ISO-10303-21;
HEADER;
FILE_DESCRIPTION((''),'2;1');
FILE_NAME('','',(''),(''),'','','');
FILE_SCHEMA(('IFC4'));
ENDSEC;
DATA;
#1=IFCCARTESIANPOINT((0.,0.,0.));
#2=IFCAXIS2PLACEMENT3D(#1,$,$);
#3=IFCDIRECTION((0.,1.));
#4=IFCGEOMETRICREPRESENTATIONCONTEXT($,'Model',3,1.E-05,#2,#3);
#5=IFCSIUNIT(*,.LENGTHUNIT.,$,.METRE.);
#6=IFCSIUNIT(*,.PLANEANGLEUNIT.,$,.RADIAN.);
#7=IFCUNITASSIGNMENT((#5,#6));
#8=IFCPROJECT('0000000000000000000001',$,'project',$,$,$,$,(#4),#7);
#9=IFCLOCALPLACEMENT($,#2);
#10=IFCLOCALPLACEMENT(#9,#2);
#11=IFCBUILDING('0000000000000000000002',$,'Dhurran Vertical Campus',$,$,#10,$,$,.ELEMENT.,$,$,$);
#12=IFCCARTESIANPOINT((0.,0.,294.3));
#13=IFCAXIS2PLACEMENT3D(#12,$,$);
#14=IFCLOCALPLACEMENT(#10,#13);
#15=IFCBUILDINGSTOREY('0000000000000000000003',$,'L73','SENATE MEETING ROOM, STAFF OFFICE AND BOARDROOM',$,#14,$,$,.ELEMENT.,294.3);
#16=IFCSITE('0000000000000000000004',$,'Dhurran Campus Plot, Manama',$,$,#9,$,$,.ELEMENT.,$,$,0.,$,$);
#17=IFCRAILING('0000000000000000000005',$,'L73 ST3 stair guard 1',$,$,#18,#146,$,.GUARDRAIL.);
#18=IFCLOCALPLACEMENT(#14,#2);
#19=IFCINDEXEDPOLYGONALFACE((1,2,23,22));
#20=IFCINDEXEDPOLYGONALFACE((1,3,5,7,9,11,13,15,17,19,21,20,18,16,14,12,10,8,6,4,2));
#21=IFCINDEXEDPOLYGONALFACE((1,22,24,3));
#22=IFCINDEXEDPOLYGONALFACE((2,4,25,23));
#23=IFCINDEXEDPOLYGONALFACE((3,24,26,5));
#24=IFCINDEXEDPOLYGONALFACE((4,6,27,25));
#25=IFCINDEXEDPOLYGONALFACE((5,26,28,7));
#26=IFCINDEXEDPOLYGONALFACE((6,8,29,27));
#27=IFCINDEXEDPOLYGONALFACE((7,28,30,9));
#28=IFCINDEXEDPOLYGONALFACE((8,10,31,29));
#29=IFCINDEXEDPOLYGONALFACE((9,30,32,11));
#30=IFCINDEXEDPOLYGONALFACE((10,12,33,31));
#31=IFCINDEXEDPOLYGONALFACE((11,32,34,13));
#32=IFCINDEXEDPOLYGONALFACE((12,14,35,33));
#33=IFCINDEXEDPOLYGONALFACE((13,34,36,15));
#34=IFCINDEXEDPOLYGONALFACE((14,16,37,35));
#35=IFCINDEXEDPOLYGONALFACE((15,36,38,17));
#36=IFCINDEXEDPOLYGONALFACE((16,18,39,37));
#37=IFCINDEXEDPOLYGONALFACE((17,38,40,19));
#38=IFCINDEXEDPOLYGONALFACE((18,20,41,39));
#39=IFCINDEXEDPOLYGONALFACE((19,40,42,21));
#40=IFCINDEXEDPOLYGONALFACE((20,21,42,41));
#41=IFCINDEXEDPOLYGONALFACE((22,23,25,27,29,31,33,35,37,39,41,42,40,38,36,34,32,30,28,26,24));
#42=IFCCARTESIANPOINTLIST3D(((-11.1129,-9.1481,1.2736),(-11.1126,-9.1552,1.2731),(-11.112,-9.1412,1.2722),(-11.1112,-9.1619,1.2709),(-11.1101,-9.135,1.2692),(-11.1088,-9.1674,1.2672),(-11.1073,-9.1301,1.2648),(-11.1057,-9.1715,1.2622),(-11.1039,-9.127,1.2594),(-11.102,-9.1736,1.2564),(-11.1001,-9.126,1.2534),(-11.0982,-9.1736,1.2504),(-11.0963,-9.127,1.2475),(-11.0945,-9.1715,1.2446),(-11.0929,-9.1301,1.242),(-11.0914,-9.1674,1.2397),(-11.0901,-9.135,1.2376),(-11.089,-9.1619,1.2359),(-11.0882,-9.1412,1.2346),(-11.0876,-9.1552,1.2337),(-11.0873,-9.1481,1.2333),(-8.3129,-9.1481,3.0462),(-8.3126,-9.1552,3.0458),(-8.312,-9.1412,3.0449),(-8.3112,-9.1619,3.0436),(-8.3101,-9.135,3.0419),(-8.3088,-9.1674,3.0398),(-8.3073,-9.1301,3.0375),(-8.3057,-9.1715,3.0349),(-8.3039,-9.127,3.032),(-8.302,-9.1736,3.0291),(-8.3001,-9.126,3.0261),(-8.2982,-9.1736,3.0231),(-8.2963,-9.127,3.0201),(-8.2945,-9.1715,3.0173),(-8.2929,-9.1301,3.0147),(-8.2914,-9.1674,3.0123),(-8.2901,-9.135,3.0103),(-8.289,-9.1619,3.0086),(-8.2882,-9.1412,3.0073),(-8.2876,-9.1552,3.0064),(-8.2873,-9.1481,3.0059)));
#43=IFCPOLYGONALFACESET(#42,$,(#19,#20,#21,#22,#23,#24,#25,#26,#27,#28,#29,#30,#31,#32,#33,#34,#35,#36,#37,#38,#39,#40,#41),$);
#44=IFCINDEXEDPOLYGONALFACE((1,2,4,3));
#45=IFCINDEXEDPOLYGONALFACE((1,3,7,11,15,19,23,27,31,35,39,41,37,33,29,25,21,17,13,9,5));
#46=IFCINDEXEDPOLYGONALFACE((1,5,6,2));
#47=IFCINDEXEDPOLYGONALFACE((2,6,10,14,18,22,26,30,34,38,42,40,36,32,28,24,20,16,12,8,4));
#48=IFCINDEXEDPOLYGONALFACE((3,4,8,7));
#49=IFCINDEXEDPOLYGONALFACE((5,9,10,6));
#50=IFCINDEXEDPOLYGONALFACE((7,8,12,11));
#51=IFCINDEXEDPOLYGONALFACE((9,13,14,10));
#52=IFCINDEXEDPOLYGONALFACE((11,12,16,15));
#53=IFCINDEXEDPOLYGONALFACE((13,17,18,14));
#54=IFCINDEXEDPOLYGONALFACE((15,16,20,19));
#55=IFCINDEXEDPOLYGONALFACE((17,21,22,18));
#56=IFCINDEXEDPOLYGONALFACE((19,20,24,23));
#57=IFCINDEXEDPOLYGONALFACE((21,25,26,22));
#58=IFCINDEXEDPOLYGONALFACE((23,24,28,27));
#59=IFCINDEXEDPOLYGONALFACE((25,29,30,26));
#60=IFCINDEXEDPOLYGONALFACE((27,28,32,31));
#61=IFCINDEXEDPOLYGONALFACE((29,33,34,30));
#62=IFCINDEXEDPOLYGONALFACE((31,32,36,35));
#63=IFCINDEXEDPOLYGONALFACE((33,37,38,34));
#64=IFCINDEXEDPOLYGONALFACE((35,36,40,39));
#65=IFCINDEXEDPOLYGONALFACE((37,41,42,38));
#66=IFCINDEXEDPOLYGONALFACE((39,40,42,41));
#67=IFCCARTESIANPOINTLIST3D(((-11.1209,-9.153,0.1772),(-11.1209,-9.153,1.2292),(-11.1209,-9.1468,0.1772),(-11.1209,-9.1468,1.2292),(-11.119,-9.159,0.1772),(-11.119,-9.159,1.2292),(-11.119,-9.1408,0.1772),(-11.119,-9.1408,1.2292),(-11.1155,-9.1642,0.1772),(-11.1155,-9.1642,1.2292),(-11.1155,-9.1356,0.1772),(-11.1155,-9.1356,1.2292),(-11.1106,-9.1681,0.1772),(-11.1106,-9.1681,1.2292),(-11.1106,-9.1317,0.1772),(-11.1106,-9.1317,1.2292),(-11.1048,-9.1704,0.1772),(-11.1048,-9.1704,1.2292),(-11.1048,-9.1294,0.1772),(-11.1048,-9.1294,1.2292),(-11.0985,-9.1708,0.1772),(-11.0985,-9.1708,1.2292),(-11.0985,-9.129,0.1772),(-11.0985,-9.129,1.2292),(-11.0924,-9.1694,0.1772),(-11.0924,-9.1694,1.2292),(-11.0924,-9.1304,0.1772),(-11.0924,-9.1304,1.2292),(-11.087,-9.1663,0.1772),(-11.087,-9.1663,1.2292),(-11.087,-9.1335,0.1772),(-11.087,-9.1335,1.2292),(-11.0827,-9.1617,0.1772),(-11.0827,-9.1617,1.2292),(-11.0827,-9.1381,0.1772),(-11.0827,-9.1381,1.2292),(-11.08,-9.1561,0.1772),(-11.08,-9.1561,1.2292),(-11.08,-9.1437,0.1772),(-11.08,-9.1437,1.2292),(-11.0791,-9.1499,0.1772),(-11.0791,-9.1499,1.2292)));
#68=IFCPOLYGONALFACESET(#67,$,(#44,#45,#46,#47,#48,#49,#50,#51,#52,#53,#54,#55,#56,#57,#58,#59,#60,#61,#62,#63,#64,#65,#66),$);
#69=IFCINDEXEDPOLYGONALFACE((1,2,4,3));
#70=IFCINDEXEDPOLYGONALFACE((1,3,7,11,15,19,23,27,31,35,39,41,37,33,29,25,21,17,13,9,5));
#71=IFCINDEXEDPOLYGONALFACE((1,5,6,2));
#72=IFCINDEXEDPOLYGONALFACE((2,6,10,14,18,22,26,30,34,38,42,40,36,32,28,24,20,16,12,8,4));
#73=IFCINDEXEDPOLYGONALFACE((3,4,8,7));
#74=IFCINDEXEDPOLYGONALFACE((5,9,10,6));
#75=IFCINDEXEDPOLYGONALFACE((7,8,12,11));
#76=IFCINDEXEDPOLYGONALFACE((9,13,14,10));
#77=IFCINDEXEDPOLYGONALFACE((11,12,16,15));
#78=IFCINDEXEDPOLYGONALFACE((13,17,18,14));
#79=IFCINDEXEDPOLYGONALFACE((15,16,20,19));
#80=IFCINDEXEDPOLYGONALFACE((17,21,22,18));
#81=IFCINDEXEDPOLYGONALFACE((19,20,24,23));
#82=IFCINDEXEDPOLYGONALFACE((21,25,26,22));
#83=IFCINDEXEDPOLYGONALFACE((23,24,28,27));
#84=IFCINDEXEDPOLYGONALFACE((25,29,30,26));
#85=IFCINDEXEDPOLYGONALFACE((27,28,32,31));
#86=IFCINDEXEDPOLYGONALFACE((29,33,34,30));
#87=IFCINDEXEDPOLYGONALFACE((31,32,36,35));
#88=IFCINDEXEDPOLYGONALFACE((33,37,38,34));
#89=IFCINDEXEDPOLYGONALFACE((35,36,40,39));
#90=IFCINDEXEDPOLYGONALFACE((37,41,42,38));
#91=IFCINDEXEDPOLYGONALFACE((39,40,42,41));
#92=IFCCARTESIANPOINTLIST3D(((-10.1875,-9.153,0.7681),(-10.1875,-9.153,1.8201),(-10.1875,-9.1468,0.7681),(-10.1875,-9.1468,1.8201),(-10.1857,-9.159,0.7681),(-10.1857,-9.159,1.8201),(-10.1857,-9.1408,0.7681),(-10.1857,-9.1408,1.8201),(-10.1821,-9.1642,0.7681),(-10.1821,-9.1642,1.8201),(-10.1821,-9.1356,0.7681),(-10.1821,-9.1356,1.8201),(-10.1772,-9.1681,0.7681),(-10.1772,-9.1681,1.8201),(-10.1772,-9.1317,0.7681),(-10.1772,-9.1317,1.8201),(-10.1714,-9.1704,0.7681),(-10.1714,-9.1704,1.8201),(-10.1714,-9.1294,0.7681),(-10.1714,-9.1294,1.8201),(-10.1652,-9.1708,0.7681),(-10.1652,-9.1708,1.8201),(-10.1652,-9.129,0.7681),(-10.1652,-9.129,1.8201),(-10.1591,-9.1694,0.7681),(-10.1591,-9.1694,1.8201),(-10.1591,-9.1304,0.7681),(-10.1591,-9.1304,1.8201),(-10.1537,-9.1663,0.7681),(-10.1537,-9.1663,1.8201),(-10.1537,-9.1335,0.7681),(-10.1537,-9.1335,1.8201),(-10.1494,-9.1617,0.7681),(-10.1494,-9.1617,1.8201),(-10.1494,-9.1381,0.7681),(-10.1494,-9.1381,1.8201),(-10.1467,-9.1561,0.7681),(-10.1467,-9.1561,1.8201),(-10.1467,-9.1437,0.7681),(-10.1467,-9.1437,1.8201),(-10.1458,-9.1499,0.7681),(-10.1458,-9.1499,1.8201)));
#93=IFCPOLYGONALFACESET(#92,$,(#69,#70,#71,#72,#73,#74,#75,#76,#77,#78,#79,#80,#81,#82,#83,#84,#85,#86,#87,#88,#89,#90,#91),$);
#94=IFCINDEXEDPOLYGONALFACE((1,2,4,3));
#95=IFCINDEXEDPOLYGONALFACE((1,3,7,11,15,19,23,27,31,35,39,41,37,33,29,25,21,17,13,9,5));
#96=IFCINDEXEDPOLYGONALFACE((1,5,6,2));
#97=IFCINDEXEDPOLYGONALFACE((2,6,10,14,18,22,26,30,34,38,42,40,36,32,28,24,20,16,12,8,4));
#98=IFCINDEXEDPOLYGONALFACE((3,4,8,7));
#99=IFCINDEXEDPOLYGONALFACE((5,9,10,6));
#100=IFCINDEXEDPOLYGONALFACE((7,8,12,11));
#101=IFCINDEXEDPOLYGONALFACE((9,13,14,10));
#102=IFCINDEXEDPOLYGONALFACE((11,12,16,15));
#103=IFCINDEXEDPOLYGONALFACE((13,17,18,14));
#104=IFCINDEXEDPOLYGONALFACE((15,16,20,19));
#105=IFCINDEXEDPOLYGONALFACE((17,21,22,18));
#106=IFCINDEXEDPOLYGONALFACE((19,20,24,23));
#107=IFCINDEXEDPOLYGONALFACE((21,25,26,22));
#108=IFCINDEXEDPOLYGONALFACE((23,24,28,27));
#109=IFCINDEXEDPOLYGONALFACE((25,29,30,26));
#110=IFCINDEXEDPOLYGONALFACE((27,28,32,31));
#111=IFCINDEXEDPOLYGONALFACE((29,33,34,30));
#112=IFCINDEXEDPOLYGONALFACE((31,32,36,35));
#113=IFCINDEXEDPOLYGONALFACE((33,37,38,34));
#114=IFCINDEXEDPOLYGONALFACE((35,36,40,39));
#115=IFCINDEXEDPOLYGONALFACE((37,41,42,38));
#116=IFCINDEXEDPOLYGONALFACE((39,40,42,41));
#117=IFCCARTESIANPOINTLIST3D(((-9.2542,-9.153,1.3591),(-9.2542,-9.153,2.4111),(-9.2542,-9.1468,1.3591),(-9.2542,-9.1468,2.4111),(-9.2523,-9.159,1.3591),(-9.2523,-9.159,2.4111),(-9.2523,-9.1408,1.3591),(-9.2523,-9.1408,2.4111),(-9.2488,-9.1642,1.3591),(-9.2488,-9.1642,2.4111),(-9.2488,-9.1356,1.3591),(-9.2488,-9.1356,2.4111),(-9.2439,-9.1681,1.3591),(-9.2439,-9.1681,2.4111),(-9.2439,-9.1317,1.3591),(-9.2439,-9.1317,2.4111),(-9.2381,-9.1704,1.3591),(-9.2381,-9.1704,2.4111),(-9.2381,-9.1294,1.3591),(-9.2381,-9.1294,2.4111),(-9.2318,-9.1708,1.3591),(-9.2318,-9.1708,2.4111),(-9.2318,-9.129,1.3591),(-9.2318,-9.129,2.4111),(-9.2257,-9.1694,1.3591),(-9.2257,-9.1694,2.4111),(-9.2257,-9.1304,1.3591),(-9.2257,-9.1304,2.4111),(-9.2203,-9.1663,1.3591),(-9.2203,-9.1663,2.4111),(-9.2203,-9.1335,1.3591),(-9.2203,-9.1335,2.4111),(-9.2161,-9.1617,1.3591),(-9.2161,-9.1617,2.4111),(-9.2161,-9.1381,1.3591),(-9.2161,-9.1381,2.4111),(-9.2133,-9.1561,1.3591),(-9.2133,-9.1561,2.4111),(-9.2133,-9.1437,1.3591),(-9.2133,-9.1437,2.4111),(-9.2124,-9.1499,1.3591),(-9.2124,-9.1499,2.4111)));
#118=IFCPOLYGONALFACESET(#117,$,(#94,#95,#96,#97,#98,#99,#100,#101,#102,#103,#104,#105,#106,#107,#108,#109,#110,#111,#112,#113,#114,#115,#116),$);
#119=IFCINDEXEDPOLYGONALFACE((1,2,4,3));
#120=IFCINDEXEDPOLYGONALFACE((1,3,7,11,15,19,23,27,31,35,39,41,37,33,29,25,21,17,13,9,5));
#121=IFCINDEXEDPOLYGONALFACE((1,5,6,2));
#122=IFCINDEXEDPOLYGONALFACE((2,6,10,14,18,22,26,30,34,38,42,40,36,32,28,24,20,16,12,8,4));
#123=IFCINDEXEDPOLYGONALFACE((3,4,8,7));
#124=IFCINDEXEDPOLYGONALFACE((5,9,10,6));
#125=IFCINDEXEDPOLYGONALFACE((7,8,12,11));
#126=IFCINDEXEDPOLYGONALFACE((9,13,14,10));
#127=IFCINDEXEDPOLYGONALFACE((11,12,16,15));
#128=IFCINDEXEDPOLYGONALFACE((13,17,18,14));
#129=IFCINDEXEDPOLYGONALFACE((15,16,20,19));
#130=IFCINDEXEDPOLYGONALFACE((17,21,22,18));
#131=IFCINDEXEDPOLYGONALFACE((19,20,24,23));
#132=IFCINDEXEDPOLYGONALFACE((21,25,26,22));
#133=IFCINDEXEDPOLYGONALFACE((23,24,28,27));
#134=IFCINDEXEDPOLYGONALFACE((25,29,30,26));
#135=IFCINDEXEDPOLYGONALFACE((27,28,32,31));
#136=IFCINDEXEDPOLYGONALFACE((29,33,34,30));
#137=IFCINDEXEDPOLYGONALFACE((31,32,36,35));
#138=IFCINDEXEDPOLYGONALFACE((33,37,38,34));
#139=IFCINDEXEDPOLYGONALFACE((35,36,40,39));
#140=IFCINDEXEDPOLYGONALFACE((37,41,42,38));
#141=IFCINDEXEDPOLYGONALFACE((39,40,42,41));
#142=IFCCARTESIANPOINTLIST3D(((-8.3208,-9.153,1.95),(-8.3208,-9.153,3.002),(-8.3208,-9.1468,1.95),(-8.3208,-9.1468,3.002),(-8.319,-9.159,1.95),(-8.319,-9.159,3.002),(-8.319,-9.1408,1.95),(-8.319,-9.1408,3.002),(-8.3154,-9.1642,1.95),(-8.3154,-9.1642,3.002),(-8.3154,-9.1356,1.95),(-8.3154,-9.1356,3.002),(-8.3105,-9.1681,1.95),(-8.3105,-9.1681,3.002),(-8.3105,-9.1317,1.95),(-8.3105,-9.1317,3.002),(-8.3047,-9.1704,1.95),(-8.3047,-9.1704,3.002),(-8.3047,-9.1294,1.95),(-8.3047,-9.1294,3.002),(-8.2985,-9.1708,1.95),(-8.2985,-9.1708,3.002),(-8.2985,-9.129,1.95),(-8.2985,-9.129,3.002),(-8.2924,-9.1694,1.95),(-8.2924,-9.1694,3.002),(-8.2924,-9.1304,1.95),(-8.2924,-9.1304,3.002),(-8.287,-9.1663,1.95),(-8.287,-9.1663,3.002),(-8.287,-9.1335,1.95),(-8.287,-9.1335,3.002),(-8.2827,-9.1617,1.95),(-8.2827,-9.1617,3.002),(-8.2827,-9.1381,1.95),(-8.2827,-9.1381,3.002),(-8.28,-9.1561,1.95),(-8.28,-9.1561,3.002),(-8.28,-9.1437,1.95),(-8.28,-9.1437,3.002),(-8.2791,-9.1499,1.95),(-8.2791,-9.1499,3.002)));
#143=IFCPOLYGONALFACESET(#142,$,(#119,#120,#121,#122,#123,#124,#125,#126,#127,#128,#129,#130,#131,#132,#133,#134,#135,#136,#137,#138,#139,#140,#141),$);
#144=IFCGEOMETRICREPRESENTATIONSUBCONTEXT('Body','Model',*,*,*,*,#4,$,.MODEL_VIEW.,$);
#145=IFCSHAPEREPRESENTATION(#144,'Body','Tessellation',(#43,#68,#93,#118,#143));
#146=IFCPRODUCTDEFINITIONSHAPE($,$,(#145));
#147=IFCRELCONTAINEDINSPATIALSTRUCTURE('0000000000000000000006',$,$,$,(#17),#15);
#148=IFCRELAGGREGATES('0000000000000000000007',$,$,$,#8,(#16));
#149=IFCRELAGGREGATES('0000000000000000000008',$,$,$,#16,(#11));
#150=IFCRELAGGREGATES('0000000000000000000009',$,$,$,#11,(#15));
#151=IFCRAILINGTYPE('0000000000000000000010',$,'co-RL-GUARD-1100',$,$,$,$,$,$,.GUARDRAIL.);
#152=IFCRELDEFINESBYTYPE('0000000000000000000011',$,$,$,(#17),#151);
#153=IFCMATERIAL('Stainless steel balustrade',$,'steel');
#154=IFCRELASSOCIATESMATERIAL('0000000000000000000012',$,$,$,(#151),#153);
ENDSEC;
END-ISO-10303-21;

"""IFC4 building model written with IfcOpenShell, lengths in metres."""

from ifc_helpers import new_model, si_unit, direction, frame, origin, origin_2d, place, context, subcontext, project, spatial, circle, extrude, material, type_object, element, save


model = new_model("IFC4")

# Units and contexts
model_context = context("Model", 3, precision=1e-05, world=origin(), true_north=direction((0.0, 1.0)))
body_context = subcontext(model_context, "Body", "Model", "MODEL_VIEW")
ifc_project = project(units=[si_unit("LENGTHUNIT", "METRE"), si_unit("PLANEANGLEUNIT", "RADIAN")], contexts=[model_context])

# Site, building, storey
site_placement = place(None, origin())
site = spatial("IfcSite", under=ifc_project, at=site_placement, Name="Dhurran Campus Plot, Manama", CompositionType="ELEMENT", RefElevation=0.0)
building_placement = place(site_placement, origin())
building = spatial("IfcBuilding", under=site, at=building_placement, Name="Dhurran Vertical Campus", CompositionType="ELEMENT")
storey_placement = place(building_placement, frame((0.0, 0.0, 294.3)))
storey = spatial("IfcBuildingStorey", under=building, at=storey_placement, Name="L73", Description="SENATE MEETING ROOM, STAFF OFFICE AND BOARDROOM", CompositionType="ELEMENT", Elevation=294.3)

# Railing
ifc_material_1 = material(Name="Stainless steel balustrade", Category="steel")
railing_type_1 = type_object("IfcRailingType", Name="co-RL-GUARD-1100", PredefinedType="GUARDRAIL", material=ifc_material_1)
railing_1_placement = place(storey_placement, frame((-11.1001, -9.1499, 0.1772)))
element("IfcRailing", 1, at=railing_1_placement, inside=storey, type_object=railing_type_1, Name="L73 ST3 stair guard 1", PredefinedType="GUARDRAIL", context=body_context, shape_type="SweptSolid", body=[
    extrude(circle(Radius=0.0239, at=origin_2d()), frame((0.0, 0.0, 1.0762), z_axis=(0.844909, 0.0, 0.53491), x_axis=(0.0, 1.0, 0.0)), (0.0, 0.0, 1.0), 3.314),
    extrude(circle(Radius=0.021, at=origin_2d()), origin(), (0.0, 0.0, 1.0), 1.052),
    extrude(circle(Radius=0.021, at=origin_2d()), frame((0.9333, 0.0, 0.5908)), (0.0, 0.0, 1.0), 1.052),
    extrude(circle(Radius=0.021, at=origin_2d()), frame((1.8667, 0.0, 1.1819)), (0.0, 0.0, 1.0), 1.052),
    extrude(circle(Radius=0.021, at=origin_2d()), frame((2.8, 0.0, 1.7727)), (0.0, 0.0, 1.0), 1.052),
])

save(model, "model.ifc")
